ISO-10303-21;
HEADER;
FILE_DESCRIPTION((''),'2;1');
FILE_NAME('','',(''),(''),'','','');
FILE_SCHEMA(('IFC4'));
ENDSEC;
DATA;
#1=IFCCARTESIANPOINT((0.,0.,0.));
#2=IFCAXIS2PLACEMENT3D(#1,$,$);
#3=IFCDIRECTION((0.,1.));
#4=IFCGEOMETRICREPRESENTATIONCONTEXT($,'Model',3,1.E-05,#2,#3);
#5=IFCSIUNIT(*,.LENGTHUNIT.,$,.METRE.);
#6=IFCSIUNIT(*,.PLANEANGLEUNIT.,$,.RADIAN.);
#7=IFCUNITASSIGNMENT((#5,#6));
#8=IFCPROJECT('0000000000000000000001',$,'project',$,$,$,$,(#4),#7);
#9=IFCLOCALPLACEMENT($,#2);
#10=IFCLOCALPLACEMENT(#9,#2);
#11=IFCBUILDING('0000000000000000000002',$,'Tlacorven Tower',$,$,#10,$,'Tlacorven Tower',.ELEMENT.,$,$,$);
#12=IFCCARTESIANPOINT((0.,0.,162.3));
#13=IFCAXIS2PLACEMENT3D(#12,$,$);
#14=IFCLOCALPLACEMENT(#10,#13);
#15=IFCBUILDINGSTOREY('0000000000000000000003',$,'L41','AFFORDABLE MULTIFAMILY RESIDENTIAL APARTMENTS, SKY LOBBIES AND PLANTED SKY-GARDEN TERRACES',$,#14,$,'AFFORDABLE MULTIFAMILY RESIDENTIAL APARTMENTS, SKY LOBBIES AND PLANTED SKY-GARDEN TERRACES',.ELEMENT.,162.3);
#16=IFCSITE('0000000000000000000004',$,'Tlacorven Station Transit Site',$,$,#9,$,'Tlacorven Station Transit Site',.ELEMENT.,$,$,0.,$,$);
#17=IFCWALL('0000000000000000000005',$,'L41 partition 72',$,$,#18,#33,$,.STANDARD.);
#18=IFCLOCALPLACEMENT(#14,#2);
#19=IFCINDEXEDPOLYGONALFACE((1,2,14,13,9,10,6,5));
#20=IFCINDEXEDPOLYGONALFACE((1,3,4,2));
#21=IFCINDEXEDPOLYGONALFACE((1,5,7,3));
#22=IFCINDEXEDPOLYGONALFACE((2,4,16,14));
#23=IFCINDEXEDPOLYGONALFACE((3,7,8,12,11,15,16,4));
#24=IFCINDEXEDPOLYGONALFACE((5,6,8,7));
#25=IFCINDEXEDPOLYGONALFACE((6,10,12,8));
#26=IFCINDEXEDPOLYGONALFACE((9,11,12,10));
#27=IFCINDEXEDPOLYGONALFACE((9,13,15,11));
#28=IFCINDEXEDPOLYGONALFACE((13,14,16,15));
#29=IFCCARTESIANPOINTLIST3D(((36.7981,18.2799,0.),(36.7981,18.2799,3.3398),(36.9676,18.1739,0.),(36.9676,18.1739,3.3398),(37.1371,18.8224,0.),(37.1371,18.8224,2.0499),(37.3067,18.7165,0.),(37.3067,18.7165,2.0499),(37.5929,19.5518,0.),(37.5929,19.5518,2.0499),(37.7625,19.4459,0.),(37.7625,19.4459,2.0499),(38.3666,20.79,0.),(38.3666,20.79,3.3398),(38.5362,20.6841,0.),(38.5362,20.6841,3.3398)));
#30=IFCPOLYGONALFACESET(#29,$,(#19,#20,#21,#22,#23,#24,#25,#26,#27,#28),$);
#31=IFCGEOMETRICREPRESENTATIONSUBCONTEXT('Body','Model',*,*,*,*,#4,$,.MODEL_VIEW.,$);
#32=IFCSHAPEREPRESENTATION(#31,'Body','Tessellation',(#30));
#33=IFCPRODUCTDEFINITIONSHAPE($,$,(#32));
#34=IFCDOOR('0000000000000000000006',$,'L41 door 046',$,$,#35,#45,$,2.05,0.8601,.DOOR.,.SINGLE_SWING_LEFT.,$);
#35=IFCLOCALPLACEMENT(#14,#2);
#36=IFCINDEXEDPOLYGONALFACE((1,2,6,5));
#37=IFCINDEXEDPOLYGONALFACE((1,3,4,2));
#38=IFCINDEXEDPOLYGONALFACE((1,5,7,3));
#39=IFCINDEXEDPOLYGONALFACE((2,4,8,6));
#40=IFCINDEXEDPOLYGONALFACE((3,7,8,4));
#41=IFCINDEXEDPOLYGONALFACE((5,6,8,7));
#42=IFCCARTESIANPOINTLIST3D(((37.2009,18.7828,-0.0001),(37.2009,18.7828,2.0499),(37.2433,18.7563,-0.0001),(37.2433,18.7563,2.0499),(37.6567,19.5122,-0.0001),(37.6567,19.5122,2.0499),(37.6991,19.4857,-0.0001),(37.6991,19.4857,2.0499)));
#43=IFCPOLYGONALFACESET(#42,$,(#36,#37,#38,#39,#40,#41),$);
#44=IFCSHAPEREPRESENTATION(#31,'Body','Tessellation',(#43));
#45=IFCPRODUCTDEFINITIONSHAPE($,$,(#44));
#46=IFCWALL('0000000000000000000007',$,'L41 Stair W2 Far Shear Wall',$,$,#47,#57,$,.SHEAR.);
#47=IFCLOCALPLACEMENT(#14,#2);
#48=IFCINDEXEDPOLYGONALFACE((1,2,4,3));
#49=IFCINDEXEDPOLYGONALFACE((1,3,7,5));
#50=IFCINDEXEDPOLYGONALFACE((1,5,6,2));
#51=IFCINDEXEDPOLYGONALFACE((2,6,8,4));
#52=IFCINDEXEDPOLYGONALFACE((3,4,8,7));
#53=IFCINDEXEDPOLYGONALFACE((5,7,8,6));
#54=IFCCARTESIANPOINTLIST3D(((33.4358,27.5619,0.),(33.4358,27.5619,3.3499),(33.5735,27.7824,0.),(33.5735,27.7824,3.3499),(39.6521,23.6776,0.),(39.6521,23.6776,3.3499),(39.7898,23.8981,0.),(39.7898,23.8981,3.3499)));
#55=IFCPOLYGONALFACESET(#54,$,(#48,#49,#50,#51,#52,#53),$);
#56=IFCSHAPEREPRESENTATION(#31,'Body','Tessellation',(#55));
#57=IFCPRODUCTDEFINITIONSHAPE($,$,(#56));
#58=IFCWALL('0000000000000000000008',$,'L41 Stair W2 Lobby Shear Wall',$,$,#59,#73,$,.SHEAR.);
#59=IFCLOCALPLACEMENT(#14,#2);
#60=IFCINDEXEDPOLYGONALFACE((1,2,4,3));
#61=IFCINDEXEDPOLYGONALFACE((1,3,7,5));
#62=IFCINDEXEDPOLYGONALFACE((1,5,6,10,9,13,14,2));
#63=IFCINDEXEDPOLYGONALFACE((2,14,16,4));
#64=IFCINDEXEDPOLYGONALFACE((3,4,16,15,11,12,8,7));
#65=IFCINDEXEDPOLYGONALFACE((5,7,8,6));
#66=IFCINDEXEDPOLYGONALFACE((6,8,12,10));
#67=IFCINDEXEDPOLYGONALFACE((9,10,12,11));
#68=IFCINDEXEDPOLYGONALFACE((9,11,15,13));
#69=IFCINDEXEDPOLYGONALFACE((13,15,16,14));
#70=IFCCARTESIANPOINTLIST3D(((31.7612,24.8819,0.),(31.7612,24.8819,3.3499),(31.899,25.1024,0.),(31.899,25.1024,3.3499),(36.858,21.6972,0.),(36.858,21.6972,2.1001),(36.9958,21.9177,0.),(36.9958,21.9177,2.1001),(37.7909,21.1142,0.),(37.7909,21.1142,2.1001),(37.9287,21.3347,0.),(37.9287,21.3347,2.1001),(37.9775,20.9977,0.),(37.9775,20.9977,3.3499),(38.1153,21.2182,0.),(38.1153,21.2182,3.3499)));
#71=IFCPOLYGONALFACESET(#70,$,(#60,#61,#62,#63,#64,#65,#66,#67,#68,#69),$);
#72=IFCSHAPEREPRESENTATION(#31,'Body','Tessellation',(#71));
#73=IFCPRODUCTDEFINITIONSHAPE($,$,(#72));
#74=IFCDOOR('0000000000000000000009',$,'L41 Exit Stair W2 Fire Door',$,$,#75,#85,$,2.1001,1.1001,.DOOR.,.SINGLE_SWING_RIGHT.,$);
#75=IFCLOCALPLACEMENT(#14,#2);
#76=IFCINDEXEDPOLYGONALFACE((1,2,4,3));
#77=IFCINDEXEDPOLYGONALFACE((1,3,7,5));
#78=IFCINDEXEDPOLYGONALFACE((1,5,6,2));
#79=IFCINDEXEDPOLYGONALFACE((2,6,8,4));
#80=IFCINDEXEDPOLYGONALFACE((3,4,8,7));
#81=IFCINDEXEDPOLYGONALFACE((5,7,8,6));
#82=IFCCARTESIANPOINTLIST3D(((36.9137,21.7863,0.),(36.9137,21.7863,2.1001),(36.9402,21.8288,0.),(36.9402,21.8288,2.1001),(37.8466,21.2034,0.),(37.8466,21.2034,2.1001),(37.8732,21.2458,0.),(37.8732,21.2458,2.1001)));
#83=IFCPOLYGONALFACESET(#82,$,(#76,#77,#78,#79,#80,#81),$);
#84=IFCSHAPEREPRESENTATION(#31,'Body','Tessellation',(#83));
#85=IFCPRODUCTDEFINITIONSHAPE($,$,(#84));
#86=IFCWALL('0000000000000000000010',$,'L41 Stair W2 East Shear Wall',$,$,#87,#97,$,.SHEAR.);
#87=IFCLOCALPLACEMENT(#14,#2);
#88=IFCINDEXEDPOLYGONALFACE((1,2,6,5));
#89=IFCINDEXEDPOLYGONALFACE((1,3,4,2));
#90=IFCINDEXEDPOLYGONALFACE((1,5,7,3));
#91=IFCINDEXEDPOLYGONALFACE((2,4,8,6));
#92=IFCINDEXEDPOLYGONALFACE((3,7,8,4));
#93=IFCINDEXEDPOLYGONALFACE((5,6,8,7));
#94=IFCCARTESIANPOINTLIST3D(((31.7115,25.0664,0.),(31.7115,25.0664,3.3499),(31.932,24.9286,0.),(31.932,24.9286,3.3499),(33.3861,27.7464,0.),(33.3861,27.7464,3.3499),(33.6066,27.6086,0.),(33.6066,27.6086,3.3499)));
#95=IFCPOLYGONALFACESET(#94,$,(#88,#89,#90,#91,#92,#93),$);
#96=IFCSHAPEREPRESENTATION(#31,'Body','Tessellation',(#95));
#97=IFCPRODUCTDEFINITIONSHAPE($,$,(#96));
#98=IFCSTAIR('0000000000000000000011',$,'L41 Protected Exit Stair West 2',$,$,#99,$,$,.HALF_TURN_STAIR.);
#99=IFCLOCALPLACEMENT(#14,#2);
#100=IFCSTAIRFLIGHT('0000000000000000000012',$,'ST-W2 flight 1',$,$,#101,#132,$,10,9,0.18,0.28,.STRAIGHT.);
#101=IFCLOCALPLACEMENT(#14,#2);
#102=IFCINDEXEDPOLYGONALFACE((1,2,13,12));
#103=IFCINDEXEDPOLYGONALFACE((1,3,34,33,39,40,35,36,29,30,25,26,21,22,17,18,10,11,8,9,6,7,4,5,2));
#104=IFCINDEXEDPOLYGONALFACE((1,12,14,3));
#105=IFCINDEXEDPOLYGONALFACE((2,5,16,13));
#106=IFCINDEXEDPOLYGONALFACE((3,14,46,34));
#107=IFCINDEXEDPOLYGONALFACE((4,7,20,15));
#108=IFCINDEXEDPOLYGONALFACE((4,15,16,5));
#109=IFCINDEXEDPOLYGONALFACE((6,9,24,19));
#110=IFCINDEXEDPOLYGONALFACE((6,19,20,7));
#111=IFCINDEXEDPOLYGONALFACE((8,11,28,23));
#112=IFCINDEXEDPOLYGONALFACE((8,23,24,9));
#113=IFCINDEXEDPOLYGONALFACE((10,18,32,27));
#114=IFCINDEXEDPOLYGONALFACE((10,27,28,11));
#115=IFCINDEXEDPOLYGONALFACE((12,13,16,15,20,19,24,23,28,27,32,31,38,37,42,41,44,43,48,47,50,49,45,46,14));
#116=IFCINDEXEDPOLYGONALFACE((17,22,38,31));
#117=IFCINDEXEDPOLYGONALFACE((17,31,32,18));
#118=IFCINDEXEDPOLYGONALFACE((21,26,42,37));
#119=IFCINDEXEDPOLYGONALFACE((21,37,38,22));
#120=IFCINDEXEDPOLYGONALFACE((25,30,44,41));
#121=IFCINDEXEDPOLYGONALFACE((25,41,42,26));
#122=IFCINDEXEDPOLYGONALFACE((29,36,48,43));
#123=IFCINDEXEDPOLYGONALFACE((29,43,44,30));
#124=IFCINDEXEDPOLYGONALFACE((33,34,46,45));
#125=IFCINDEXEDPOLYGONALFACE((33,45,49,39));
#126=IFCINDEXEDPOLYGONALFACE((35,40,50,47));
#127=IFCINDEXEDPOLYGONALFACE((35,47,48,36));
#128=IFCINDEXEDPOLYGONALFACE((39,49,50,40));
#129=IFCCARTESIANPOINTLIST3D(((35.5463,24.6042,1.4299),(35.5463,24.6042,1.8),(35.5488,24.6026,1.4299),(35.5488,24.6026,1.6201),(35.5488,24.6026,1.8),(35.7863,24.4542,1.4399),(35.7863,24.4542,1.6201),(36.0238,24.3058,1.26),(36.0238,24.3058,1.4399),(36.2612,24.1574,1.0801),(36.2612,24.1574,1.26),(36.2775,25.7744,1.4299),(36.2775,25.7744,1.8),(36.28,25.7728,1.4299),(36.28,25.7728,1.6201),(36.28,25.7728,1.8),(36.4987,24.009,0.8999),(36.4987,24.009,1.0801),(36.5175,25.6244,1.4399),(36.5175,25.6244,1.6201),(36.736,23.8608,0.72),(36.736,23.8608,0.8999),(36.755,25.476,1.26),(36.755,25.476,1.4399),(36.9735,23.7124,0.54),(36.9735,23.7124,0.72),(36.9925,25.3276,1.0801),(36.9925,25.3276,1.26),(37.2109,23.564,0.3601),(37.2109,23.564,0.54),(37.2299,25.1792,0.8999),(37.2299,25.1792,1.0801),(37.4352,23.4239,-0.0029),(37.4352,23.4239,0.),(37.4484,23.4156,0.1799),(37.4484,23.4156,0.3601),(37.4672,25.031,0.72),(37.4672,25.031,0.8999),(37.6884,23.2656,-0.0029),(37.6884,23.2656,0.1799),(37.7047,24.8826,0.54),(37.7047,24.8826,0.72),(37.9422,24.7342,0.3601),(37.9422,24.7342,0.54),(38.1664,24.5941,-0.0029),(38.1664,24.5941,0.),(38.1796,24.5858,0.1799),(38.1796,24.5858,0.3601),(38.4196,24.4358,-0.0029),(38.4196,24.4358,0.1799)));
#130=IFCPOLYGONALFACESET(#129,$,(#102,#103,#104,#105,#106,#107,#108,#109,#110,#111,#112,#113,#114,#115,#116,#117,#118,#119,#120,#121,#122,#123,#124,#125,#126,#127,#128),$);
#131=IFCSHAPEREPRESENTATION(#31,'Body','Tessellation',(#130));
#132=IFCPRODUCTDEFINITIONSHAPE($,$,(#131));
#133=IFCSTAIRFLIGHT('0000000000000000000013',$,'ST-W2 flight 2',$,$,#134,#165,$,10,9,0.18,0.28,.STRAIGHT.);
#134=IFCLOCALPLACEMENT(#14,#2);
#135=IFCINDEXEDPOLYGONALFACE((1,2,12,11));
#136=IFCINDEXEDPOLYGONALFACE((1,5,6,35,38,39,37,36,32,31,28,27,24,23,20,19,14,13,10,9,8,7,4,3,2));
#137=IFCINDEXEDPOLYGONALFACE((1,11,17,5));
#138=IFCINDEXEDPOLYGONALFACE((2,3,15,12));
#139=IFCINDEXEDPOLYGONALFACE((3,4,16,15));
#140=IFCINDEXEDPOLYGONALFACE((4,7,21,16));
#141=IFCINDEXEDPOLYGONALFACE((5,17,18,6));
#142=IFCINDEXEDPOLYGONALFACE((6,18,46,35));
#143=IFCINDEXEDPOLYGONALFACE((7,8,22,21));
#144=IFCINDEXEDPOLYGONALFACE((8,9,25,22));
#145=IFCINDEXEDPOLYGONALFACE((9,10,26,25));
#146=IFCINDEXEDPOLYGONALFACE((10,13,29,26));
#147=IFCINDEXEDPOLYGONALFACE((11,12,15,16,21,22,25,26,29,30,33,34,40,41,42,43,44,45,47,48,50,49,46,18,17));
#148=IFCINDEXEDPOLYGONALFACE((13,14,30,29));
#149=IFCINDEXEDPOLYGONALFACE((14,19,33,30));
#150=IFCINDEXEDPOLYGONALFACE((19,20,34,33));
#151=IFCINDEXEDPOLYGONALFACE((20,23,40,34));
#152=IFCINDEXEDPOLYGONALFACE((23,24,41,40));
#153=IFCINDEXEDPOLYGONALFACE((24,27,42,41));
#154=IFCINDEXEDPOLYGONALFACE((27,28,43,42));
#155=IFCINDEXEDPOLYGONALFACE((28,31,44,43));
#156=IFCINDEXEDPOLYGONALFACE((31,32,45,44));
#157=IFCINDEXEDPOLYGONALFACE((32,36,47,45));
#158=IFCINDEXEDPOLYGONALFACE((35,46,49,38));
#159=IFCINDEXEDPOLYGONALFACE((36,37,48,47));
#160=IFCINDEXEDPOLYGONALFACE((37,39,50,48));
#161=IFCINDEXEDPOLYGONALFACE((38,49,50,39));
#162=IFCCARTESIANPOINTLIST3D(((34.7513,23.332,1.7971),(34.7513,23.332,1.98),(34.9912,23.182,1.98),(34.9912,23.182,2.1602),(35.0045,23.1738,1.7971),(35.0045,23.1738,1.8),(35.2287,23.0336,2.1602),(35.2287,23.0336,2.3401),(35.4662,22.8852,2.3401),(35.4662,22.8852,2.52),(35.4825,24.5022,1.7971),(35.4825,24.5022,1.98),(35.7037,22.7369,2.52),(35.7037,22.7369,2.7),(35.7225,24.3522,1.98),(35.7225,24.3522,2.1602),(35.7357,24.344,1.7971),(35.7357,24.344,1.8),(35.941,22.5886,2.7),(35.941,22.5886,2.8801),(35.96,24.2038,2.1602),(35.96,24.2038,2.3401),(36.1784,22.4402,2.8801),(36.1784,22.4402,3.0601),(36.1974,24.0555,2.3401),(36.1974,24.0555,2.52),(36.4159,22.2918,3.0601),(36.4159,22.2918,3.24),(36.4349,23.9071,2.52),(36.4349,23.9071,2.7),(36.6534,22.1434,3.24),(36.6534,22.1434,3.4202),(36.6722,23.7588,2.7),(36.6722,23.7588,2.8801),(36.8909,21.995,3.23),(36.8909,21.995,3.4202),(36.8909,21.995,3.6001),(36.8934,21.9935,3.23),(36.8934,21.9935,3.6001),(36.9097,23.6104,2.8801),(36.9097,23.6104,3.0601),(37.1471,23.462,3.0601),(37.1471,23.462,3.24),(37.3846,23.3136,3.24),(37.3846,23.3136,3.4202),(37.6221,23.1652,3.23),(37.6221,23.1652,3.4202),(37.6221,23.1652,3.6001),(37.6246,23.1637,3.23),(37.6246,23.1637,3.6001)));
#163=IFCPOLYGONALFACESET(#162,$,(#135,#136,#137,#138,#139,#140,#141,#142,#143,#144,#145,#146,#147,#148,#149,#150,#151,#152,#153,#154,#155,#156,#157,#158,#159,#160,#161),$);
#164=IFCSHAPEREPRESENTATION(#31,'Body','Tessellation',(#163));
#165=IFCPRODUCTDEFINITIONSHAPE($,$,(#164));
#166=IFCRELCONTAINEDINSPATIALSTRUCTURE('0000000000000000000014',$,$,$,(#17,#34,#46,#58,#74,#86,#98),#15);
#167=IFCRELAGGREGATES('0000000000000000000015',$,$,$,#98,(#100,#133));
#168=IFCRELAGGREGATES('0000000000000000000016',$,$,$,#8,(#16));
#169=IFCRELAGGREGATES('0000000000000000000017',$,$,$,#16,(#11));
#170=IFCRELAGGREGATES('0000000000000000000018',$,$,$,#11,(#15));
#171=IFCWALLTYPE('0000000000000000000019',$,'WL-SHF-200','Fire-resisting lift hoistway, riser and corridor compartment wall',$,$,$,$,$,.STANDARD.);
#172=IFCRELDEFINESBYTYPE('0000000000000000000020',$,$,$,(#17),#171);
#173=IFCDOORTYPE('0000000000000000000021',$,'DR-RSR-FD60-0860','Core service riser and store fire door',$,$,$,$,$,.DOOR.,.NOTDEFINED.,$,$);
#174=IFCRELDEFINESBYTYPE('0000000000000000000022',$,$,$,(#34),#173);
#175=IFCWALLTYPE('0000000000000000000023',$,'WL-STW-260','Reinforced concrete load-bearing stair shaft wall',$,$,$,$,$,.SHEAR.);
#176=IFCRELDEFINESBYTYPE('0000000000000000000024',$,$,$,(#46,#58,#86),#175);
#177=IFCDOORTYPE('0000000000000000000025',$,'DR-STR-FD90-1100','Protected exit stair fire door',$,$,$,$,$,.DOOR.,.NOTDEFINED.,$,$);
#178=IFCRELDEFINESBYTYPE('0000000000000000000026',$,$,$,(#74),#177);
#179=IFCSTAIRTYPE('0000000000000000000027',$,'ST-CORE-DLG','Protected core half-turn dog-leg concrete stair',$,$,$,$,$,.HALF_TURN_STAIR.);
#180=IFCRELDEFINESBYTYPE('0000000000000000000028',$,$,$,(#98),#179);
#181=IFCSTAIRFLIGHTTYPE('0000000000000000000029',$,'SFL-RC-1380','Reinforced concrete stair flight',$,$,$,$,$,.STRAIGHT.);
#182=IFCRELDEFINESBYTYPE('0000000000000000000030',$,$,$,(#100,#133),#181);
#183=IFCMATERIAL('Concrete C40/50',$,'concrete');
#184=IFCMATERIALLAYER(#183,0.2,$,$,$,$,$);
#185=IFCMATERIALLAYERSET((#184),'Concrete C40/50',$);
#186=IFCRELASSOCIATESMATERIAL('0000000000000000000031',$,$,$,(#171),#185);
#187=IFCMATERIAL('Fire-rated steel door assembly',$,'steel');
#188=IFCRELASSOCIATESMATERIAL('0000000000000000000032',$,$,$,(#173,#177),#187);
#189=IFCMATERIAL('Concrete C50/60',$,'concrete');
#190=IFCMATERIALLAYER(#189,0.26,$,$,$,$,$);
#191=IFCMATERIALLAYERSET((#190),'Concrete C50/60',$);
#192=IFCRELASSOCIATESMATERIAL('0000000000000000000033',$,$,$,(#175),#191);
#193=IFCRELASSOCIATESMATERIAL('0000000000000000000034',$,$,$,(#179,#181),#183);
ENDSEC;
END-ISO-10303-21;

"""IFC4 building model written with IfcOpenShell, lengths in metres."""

from ifc_helpers import new_model, si_unit, direction, frame, frame_2d, origin, place, context, subcontext, project, spatial, polyline, rectangle, outline, extrude, source, transform, mapped, material, layer, layer_set, type_object, element, fill, aggregate, save


model = new_model("IFC4")

# Units and contexts
model_context = context("Model", 3, precision=1e-05, world=origin(), true_north=direction((0.0, 1.0)))
body_context = subcontext(model_context, "Body", "Model", "MODEL_VIEW")
ifc_project = project(units=[si_unit("LENGTHUNIT", "METRE"), si_unit("PLANEANGLEUNIT", "RADIAN")], contexts=[model_context])

# Site, building, storey
site_placement = place(None, origin())
site = spatial("IfcSite", under=ifc_project, at=site_placement, Name="Tlacorven Station Transit Site", LongName="Tlacorven Station Transit Site", CompositionType="ELEMENT", RefElevation=0.0)
building_placement = place(site_placement, origin())
building = spatial("IfcBuilding", under=site, at=building_placement, Name="Tlacorven Tower", LongName="Tlacorven Tower", CompositionType="ELEMENT")
storey_placement = place(building_placement, frame((0.0, 0.0, 162.3)))
storey = spatial("IfcBuildingStorey", under=building, at=storey_placement, Name="L41", Description="AFFORDABLE MULTIFAMILY RESIDENTIAL APARTMENTS, SKY LOBBIES AND PLANTED SKY-GARDEN TERRACES", LongName="AFFORDABLE MULTIFAMILY RESIDENTIAL APARTMENTS, SKY LOBBIES AND PLANTED SKY-GARDEN TERRACES", CompositionType="ELEMENT", Elevation=162.3)

# Wall, opening, door
ifc_material_1 = material(Name="Concrete C40/50", Category="concrete")
ifc_layer_1 = layer(ifc_material_1, 0.2)
ifc_layer_set_1 = layer_set([ifc_layer_1], Name="Concrete C40/50")
wall_type_1 = type_object("IfcWallType", Name="WL-SHF-200", Description="Fire-resisting lift hoistway, riser and corridor compartment wall", PredefinedType="STANDARD", material=ifc_layer_set_1)
wall_1_placement = place(storey_placement, frame((38.4514, 20.7371, 0.0), z_axis=(0.0, 0.0, 1.0), x_axis=(-0.529925, -0.848045, 0.0)))
wall_1 = element("IfcWall", 1, at=wall_1_placement, inside=storey, type_object=wall_type_1, Name="L41 partition 72", PredefinedType="STANDARD", context=body_context, shape_type="SweptSolid", body=[
    extrude(rectangle(XDim=2.96, YDim=0.2, at=frame_2d((1.48, 0.0))), origin(), (0.0, 0.0, 1.0), 3.3398),
])
opening_1_placement = place(wall_1_placement, frame((1.46, 0.0, 0.0)))
opening_1 = element("IfcOpeningElement", 2, at=opening_1_placement, cuts=wall_1, PredefinedType="OPENING", context=body_context, shape_type="SweptSolid", body=[
    extrude(rectangle(XDim=0.8601, YDim=2.05, at=frame_2d((0.4302, 1.0249))), frame((0.0, 0.1099, 0.0), z_axis=(0.0, -1.0, 0.0), x_axis=(1.0, 0.0, 0.0)), (0.0, 0.0, 1.0), 0.22),
])
ifc_material_2 = material(Name="Fire-rated steel door assembly", Category="steel")
door_type_1 = type_object("IfcDoorType", Name="DR-RSR-FD60-0860", Description="Core service riser and store fire door", OperationType="NOTDEFINED", PredefinedType="DOOR", material=ifc_material_2)
shared_shape_1 = source(origin(), body_context, "Body", "SweptSolid", [
    extrude(rectangle(XDim=0.8601, YDim=2.05, at=frame_2d((0.4302, 1.0249))), frame((0.0, 0.0249, 0.0), z_axis=(0.0, -1.0, 0.0), x_axis=(1.0, 0.0, 0.0)), (0.0, 0.0, 1.0), 0.05),
])
door_1_placement = place(opening_1_placement, frame((0.8601, 0.0, 0.0), z_axis=(0.0, 0.0, 1.0), x_axis=(-1.0, 0.0, 0.0)))
door_1 = element("IfcDoor", 3, at=door_1_placement, inside=storey, type_object=door_type_1, Name="L41 door 046", OperationType="SINGLE_SWING_LEFT", OverallHeight=2.05, OverallWidth=0.8601, PredefinedType="DOOR", context=body_context, shape_type="MappedRepresentation", body=[
    mapped(shared_shape_1, transform((0.0, 0.0, 0.0), scale=1.0)),
])
fill(opening_1, door_1)

# Wall
ifc_material_3 = material(Name="Concrete C50/60", Category="concrete")
ifc_layer_2 = layer(ifc_material_3, 0.26)
ifc_layer_set_2 = layer_set([ifc_layer_2], Name="Concrete C50/60")
wall_type_2 = type_object("IfcWallType", Name="WL-STW-260", Description="Reinforced concrete load-bearing stair shaft wall", PredefinedType="SHEAR", material=ifc_layer_set_2)
wall_2_placement = place(storey_placement, frame((39.7209, 23.7878, 0.0), z_axis=(0.0, 0.0, 1.0), x_axis=(-0.848054, 0.529909, 0.0)))
element("IfcWall", 4, at=wall_2_placement, inside=storey, type_object=wall_type_2, Name="L41 Stair W2 Far Shear Wall", PredefinedType="SHEAR", context=body_context, shape_type="SweptSolid", body=[
    extrude(rectangle(XDim=7.3301, YDim=0.26, at=frame_2d((3.665, 0.0))), origin(), (0.0, 0.0, 1.0), 3.3499),
])

# Wall, opening, door
wall_3_placement = place(storey_placement, frame((38.0464, 21.1079, 0.0), z_axis=(0.0, 0.0, 1.0), x_axis=(-0.848054, 0.529909, 0.0)))
wall_3 = element("IfcWall", 5, at=wall_3_placement, inside=storey, type_object=wall_type_2, Name="L41 Stair W2 Lobby Shear Wall", PredefinedType="SHEAR", context=body_context, shape_type="SweptSolid", body=[
    extrude(rectangle(XDim=7.3301, YDim=0.26, at=frame_2d((3.665, 0.0))), origin(), (0.0, 0.0, 1.0), 3.3499),
])
opening_2_placement = place(wall_3_placement, frame((0.22, 0.0, 0.0)))
opening_2 = element("IfcOpeningElement", 6, at=opening_2_placement, cuts=wall_3, PredefinedType="OPENING", context=body_context, shape_type="SweptSolid", body=[
    extrude(rectangle(XDim=1.1001, YDim=2.1001, at=frame_2d((0.55, 1.05))), frame((0.0, 0.1401, 0.0), z_axis=(0.0, -1.0, 0.0), x_axis=(1.0, 0.0, 0.0)), (0.0, 0.0, 1.0), 0.28),
])
door_type_2 = type_object("IfcDoorType", Name="DR-STR-FD90-1100", Description="Protected exit stair fire door", OperationType="NOTDEFINED", PredefinedType="DOOR", material=ifc_material_2)
shared_shape_2 = source(origin(), body_context, "Body", "SweptSolid", [
    extrude(rectangle(XDim=1.1001, YDim=2.1001, at=frame_2d((0.55, 1.05))), frame((0.0, 0.0249, 0.0), z_axis=(0.0, -1.0, 0.0), x_axis=(1.0, 0.0, 0.0)), (0.0, 0.0, 1.0), 0.05),
])
door_2_placement = place(opening_2_placement, origin())
door_2 = element("IfcDoor", 7, at=door_2_placement, inside=storey, type_object=door_type_2, Name="L41 Exit Stair W2 Fire Door", OperationType="SINGLE_SWING_RIGHT", OverallHeight=2.1001, OverallWidth=1.1001, PredefinedType="DOOR", context=body_context, shape_type="MappedRepresentation", body=[
    mapped(shared_shape_2, transform((0.0, 0.0, 0.0), scale=1.0)),
])
fill(opening_2, door_2)

# Wall
wall_4_placement = place(storey_placement, frame((33.4963, 27.6775, 0.0), z_axis=(0.0, 0.0, 1.0), x_axis=(-0.529909, -0.848055, 0.0)))
element("IfcWall", 8, at=wall_4_placement, inside=storey, type_object=wall_type_2, Name="L41 Stair W2 East Shear Wall", PredefinedType="SHEAR", context=body_context, shape_type="SweptSolid", body=[
    extrude(rectangle(XDim=3.1602, YDim=0.26, at=frame_2d((1.5801, 0.0))), origin(), (0.0, 0.0, 1.0), 3.3499),
])

# Stair, stair flights
stair_type = type_object("IfcStairType", Name="ST-CORE-DLG", Description="Protected core half-turn dog-leg concrete stair", PredefinedType="HALF_TURN_STAIR", material=ifc_material_1)
stair_placement = place(storey_placement, origin())
stair = element("IfcStair", 9, at=stair_placement, inside=storey, type_object=stair_type, Name="L41 Protected Exit Stair West 2", PredefinedType="HALF_TURN_STAIR")
stair_flight_type = type_object("IfcStairFlightType", Name="SFL-RC-1380", Description="Reinforced concrete stair flight", PredefinedType="STRAIGHT", material=ifc_material_1)
shared_shape_3 = source(origin(), body_context, "Body", "SweptSolid", [
    extrude(outline(polyline([(-0.0029, -0.0029), (-0.0029, 0.1799), (0.28, 0.1799), (0.28, 0.3601), (0.5601, 0.3601), (0.5601, 0.54), (0.8401, 0.54), (0.8401, 0.72), (1.1201, 0.72), (1.1201, 0.8999), (1.3999, 0.8999), (1.3999, 1.0801), (1.6799, 1.0801), (1.6799, 1.26), (1.96, 1.26), (1.96, 1.4399), (2.24, 1.4399), (2.24, 1.6201), (2.52, 1.6201), (2.52, 1.8), (2.5229, 1.8), (2.5229, 1.4299), (2.52, 1.4299), (0.2957, 0.0), (0.2957, -0.0029), (-0.0029, -0.0029)])), frame((0.0, 0.6899, 0.0), z_axis=(0.0, -1.0, 0.0), x_axis=(1.0, 0.0, 0.0)), (0.0, 0.0, 1.0), 1.3799),
])
stair_flight_1_placement = place(storey_placement, frame((38.0515, 23.8523, 0.0), z_axis=(0.0, 0.0, 1.0), x_axis=(-0.848048, 0.529919, 0.0)))
stair_flight_1 = element("IfcStairFlight", 10, at=stair_flight_1_placement, type_object=stair_flight_type, Name="ST-W2 flight 1", NumberOfRisers=10, NumberOfTreads=9, PredefinedType="STRAIGHT", RiserHeight=0.18, TreadLength=0.28, context=body_context, shape_type="MappedRepresentation", body=[
    mapped(shared_shape_3, transform((0.0, 0.0, 0.0), scale=1.0)),
])
stair_flight_2_placement = place(storey_placement, frame((35.1194, 23.9155, 1.8), z_axis=(0.0, 0.0, 1.0), x_axis=(0.848048, -0.529919, 0.0)))
stair_flight_2 = element("IfcStairFlight", 11, at=stair_flight_2_placement, type_object=stair_flight_type, Name="ST-W2 flight 2", NumberOfRisers=10, NumberOfTreads=9, PredefinedType="STRAIGHT", RiserHeight=0.18, TreadLength=0.28, context=body_context, shape_type="MappedRepresentation", body=[
    mapped(shared_shape_3, transform((0.0, 0.0, 0.0), scale=1.0)),
])
aggregate(stair, [stair_flight_1, stair_flight_2])

save(model, "model.ifc")
